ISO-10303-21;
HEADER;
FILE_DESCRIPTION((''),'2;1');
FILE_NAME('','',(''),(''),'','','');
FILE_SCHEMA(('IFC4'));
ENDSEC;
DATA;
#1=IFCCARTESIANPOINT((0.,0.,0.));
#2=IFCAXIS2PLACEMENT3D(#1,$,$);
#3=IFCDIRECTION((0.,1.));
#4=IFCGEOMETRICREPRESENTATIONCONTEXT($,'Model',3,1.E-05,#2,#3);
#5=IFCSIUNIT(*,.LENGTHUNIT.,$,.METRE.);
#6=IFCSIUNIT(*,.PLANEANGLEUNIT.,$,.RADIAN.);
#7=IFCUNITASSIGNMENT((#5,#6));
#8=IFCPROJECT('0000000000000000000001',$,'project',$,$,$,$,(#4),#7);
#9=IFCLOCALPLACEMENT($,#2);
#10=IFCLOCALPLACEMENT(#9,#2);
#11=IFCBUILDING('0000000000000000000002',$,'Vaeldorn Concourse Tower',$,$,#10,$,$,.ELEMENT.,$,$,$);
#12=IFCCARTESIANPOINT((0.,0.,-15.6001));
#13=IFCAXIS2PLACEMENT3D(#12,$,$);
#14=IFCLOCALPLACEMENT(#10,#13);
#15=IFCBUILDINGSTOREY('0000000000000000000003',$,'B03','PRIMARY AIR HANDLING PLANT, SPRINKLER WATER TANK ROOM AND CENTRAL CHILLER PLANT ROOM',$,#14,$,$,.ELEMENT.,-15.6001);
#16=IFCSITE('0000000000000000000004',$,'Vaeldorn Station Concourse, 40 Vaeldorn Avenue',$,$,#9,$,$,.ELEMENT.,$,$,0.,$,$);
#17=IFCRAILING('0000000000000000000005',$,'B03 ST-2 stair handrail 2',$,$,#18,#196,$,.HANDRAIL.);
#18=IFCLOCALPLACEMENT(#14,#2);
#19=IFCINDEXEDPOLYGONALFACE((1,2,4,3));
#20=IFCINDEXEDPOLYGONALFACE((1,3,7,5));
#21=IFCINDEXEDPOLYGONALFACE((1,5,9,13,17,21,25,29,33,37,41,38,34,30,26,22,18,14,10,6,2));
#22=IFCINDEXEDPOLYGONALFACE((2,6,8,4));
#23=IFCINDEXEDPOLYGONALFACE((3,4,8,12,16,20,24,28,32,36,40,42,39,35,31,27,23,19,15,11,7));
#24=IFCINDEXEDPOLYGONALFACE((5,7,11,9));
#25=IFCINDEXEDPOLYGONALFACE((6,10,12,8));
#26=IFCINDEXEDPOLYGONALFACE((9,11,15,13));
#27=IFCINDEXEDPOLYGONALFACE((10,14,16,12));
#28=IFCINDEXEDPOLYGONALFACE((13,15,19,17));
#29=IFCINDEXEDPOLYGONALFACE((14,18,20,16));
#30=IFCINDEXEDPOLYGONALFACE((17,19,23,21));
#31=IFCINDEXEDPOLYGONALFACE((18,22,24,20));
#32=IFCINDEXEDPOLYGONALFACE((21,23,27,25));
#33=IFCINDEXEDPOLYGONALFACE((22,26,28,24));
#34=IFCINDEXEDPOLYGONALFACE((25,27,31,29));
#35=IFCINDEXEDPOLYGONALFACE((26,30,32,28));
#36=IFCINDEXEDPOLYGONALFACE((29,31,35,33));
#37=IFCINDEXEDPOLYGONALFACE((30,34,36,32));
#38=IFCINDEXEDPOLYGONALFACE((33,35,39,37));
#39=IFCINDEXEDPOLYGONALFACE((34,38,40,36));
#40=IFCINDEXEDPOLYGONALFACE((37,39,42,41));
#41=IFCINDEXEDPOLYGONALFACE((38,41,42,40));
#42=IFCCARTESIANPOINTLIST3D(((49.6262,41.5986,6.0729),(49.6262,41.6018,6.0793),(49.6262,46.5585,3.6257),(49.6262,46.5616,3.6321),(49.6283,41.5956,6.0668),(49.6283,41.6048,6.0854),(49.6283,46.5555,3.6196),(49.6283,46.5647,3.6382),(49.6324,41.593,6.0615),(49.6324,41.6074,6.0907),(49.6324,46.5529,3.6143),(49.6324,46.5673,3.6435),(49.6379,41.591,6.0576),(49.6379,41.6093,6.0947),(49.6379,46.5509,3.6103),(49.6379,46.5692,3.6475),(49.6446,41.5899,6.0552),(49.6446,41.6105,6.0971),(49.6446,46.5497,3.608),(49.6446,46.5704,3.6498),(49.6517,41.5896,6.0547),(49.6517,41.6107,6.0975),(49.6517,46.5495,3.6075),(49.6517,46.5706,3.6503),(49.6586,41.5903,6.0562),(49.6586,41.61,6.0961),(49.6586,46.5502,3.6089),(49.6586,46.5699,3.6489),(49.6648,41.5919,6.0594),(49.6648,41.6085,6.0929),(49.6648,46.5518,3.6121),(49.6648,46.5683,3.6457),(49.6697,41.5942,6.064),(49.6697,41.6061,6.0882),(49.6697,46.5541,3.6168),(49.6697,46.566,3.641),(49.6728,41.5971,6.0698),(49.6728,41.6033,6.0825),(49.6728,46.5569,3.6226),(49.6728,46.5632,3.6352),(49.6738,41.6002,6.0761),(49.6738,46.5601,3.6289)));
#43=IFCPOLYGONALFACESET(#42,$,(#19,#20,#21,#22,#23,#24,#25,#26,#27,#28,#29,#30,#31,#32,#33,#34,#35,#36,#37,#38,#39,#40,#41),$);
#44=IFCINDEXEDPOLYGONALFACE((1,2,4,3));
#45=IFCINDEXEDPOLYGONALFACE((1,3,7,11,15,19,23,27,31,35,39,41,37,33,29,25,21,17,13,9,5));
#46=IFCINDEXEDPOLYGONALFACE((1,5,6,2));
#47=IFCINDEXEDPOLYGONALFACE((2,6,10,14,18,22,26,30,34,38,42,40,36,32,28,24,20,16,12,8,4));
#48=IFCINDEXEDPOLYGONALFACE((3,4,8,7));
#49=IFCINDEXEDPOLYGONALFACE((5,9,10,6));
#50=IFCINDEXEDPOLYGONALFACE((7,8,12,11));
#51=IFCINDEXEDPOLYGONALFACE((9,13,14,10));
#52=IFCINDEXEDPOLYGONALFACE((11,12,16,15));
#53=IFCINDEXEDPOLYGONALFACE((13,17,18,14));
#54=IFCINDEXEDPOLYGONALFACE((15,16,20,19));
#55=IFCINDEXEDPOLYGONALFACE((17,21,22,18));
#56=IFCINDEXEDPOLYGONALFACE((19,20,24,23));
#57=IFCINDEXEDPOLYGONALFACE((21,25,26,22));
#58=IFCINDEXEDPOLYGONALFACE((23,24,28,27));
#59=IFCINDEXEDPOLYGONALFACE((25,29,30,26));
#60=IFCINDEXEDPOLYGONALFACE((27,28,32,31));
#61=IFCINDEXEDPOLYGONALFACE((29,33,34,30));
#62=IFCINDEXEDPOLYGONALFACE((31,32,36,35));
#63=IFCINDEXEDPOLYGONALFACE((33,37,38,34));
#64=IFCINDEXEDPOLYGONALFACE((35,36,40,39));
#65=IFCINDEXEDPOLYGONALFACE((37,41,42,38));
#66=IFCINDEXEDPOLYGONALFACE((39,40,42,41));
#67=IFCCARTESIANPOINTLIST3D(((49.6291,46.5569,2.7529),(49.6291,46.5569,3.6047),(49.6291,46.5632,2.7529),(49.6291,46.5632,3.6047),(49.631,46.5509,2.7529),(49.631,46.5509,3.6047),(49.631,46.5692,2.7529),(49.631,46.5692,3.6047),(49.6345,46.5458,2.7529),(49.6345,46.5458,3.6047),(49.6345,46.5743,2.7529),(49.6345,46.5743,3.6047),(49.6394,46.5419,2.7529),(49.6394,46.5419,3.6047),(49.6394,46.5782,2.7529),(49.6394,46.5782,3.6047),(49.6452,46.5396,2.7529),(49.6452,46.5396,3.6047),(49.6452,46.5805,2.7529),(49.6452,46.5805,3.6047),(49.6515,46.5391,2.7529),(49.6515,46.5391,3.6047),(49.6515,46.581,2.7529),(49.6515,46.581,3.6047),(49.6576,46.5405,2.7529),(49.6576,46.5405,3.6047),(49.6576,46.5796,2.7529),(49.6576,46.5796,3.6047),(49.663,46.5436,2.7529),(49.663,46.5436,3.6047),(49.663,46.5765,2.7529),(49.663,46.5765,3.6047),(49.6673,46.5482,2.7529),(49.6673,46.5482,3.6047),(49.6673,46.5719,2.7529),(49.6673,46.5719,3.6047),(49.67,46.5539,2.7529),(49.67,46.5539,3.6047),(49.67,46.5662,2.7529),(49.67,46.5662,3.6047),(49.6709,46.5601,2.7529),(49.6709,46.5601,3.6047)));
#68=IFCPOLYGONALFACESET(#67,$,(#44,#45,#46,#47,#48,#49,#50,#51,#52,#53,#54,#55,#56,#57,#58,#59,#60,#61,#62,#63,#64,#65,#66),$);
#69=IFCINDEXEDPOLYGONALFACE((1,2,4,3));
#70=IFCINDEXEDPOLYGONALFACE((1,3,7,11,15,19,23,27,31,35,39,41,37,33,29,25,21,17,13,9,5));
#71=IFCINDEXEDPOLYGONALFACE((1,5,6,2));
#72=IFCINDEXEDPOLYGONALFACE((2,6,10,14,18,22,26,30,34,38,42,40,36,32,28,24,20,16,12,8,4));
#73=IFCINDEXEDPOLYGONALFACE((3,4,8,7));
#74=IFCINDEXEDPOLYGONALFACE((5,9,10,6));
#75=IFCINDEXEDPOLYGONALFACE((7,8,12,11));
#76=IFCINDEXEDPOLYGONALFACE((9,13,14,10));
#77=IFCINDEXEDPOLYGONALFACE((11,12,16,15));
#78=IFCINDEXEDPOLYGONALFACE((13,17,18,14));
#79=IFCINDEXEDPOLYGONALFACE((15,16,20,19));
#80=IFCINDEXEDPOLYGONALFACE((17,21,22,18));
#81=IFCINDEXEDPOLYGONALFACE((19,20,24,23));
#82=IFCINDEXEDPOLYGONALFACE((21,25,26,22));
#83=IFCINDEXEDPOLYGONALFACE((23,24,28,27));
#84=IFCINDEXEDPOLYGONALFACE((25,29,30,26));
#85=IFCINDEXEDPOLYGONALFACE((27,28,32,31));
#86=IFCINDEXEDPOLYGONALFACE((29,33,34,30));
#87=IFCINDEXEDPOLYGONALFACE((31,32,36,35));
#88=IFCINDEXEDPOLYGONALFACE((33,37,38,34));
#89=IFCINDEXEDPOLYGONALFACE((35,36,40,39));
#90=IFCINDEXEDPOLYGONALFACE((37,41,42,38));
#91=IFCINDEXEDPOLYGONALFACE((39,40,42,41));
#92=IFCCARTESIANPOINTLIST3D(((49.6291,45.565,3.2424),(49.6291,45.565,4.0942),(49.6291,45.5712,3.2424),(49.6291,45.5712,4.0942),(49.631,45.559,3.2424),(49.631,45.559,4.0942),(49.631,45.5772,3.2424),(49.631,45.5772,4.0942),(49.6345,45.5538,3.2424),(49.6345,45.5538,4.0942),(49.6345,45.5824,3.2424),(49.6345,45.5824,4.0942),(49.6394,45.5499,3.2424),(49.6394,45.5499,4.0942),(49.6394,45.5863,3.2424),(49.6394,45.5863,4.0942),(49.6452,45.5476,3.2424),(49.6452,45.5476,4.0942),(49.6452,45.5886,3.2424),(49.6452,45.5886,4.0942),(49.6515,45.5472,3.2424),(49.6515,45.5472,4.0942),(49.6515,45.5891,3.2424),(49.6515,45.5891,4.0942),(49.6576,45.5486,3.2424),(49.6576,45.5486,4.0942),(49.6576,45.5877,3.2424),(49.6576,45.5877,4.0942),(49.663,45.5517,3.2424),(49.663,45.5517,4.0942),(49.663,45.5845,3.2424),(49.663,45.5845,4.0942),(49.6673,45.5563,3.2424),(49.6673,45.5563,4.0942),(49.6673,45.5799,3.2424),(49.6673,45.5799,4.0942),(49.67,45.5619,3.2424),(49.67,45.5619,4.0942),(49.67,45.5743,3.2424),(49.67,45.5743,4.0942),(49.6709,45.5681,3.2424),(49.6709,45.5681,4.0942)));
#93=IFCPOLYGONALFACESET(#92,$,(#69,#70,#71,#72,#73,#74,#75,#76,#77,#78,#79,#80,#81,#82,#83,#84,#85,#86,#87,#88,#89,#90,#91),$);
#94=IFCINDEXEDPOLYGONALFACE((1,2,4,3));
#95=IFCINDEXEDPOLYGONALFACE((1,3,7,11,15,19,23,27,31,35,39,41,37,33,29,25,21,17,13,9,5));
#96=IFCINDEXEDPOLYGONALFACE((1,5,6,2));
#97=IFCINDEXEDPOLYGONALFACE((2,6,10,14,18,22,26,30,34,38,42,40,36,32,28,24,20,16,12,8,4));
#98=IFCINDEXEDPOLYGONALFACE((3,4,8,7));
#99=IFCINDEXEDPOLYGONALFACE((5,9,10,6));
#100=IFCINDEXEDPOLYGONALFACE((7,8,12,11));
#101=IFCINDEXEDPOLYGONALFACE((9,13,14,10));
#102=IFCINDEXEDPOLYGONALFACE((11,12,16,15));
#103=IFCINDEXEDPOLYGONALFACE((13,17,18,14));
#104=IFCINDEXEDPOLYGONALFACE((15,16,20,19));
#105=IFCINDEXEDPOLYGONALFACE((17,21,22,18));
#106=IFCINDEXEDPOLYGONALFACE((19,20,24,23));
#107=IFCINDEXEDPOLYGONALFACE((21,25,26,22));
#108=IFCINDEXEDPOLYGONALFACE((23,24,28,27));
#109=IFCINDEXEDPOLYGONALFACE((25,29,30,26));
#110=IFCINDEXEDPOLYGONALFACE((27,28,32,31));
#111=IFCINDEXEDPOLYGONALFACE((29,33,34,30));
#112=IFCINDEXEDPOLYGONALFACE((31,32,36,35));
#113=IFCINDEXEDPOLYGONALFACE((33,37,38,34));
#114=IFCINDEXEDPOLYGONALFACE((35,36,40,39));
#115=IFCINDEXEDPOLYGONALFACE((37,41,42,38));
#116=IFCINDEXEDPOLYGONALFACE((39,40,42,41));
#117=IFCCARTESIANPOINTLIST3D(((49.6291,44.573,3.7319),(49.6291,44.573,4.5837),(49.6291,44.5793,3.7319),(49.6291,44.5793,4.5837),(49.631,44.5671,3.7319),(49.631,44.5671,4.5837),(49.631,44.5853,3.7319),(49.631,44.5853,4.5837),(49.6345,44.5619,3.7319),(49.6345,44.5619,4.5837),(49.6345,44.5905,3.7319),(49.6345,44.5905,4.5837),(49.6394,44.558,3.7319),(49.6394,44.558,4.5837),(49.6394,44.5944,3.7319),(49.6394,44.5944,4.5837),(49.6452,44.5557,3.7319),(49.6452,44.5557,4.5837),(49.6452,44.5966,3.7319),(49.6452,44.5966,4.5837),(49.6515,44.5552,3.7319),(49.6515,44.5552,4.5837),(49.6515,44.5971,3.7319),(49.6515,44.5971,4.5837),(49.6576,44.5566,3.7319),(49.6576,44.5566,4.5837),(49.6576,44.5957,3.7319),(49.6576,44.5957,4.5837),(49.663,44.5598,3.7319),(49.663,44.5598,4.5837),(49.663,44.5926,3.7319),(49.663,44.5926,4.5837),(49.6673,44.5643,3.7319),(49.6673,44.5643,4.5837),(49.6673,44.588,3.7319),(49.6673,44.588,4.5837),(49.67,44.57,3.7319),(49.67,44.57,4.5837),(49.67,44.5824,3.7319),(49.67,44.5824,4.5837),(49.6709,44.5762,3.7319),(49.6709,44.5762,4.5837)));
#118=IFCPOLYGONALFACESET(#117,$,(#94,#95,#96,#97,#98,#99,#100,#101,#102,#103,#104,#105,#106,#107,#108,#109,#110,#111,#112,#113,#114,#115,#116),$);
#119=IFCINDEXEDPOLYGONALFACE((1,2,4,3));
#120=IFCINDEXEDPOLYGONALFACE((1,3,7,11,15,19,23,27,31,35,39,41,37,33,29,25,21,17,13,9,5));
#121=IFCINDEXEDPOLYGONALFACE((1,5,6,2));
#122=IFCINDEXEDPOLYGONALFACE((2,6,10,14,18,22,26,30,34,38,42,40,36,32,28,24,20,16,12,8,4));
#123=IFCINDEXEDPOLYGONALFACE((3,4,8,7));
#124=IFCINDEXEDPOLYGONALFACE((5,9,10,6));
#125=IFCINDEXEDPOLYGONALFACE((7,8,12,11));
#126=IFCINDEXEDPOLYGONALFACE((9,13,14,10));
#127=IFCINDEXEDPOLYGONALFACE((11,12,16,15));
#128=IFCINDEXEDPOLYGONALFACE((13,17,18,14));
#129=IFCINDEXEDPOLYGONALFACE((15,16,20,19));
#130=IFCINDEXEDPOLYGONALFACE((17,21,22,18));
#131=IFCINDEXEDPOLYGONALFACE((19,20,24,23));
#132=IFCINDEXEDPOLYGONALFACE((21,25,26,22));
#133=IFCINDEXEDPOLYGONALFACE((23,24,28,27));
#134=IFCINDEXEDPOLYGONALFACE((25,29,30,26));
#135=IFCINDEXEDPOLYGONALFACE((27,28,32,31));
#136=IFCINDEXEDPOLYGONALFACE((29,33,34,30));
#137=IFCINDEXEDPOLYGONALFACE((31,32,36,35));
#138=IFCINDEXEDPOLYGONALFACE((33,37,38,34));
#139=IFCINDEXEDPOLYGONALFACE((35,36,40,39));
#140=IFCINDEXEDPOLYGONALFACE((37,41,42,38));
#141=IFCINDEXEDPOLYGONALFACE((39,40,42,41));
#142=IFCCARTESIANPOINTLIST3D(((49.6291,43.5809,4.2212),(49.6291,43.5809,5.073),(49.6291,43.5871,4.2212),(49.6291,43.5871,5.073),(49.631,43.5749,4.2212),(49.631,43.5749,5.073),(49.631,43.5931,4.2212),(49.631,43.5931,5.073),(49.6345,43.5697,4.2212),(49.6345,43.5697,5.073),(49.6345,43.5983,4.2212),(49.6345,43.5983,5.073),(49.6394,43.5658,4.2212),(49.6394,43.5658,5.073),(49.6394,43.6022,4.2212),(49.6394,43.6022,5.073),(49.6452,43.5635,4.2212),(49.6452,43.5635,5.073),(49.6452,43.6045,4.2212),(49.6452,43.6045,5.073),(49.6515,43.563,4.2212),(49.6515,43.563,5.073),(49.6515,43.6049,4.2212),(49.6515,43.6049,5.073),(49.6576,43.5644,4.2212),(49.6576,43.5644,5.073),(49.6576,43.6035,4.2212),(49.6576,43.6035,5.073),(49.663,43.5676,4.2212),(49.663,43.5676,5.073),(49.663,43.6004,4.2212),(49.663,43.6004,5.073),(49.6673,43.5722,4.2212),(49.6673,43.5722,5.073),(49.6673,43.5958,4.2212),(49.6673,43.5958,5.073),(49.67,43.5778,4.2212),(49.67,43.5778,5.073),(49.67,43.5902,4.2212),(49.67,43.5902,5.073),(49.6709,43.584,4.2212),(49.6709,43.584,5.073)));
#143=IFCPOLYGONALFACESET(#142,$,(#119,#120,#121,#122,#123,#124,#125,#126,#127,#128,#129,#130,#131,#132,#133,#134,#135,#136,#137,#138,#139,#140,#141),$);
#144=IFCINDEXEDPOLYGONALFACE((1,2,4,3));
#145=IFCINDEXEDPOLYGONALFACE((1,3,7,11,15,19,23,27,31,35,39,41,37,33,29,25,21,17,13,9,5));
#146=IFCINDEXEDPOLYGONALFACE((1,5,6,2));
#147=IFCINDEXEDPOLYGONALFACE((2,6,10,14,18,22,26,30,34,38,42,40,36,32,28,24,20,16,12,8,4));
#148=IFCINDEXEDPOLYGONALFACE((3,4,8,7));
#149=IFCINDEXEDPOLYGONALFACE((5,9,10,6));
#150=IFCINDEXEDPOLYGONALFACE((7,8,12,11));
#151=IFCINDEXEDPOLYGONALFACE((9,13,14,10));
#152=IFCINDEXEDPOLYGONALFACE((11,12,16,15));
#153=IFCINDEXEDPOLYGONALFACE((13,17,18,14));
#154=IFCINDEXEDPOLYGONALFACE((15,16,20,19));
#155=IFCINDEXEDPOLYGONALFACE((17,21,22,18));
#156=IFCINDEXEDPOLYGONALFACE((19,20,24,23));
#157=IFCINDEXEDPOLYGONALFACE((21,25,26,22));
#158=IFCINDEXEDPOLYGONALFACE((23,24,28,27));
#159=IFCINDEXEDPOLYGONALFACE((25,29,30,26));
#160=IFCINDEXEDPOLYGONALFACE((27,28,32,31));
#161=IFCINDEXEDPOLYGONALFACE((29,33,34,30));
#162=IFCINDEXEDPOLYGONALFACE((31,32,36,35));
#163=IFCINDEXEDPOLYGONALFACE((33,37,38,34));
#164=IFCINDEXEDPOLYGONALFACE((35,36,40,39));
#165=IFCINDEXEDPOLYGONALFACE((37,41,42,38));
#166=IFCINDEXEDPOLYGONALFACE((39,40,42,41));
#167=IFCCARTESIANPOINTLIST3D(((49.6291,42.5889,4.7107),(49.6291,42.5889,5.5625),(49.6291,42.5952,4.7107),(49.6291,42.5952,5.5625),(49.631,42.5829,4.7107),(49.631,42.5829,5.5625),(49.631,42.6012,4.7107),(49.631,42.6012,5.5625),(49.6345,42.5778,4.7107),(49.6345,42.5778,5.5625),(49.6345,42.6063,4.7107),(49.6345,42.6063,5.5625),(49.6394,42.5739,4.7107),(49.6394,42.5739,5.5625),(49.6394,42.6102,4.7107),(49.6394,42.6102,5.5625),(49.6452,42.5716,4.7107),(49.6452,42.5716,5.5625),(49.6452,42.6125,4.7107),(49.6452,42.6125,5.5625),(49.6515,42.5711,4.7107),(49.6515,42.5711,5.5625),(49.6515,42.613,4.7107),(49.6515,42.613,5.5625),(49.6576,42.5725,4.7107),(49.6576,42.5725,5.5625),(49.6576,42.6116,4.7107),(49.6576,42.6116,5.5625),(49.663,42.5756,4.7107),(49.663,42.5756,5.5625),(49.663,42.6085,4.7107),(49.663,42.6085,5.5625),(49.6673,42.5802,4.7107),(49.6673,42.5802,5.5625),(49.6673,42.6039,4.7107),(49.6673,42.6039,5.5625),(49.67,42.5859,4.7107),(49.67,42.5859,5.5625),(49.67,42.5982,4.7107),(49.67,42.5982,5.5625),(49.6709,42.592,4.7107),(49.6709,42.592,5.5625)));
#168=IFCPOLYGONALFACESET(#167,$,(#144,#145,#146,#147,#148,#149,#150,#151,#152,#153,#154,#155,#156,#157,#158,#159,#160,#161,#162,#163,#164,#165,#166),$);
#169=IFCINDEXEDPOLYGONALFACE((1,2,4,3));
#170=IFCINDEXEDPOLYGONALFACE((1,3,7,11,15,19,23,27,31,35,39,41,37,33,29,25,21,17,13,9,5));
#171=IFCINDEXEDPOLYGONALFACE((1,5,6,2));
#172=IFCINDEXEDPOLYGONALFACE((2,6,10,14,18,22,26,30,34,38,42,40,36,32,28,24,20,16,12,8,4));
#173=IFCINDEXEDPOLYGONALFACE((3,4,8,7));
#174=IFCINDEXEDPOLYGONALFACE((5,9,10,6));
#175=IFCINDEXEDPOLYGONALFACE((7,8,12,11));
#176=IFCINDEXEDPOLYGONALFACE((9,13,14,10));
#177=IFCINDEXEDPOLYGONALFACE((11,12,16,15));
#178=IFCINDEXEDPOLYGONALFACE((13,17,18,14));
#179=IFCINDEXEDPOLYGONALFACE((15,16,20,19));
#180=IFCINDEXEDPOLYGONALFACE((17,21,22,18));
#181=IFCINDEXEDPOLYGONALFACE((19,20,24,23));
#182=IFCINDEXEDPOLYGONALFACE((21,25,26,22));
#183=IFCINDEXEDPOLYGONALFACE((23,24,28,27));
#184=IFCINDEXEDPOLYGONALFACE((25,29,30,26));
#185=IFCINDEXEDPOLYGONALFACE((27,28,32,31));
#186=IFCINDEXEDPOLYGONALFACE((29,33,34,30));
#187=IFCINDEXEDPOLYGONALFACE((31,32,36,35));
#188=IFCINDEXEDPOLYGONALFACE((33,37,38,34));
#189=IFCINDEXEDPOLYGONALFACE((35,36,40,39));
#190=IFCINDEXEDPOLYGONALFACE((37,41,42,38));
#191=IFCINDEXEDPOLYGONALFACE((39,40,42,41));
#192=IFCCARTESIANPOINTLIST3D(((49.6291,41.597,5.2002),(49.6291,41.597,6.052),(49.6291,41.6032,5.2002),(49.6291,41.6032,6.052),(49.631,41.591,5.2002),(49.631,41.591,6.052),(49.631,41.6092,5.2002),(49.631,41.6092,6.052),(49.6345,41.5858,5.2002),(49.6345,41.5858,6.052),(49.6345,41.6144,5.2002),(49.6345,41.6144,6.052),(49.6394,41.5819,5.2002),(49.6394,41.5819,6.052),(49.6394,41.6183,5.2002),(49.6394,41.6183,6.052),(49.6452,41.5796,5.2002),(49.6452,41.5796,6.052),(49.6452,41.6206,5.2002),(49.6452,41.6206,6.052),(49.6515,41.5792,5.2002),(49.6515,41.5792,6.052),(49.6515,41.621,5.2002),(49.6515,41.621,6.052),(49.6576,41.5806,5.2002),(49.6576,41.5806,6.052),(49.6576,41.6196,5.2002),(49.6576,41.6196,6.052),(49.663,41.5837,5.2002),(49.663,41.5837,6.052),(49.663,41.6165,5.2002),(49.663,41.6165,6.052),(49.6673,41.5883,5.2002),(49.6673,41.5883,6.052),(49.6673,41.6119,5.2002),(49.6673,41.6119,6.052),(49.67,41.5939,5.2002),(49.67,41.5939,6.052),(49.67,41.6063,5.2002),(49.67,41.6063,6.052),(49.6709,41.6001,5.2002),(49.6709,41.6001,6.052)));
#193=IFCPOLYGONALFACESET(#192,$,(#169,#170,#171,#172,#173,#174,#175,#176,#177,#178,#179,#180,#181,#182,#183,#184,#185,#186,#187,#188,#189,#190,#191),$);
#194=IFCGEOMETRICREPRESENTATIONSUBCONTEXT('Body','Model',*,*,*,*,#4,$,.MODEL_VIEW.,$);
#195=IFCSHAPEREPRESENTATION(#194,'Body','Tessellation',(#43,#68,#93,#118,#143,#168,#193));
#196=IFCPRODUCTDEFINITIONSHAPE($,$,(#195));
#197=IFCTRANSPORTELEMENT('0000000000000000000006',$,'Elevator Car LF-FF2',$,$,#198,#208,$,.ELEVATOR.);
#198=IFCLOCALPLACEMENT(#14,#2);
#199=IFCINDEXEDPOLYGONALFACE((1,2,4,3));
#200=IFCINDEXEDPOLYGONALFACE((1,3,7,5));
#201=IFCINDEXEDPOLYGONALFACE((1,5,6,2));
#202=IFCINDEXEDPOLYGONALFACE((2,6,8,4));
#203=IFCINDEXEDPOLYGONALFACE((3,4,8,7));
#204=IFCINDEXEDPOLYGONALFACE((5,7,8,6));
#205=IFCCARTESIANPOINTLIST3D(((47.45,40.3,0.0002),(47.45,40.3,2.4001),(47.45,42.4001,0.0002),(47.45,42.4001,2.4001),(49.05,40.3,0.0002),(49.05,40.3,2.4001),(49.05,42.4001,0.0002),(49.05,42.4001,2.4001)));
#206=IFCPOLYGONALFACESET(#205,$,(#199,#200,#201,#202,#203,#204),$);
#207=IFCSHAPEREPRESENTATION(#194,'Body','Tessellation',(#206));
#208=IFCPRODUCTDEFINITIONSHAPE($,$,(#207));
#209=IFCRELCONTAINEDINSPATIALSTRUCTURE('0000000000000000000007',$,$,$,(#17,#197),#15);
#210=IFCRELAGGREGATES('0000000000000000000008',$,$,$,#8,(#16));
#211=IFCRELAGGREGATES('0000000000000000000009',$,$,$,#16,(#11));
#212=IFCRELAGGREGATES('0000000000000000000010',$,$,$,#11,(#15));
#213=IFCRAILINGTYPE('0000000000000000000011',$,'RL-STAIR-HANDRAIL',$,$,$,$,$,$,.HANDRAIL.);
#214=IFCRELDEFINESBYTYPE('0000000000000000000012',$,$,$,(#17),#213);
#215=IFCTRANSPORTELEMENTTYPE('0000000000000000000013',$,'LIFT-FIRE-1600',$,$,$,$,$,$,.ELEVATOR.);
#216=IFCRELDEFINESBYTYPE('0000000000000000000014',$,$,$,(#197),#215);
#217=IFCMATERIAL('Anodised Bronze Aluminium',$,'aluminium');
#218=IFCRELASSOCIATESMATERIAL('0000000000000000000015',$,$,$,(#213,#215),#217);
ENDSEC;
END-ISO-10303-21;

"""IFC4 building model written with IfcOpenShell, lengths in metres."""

from ifc_helpers import new_model, si_unit, direction, frame, origin, origin_2d, place, context, subcontext, project, spatial, rectangle, circle, extrude, source, transform, mapped, material, type_object, element, save


model = new_model("IFC4")

# Units and contexts
model_context = context("Model", 3, precision=1e-05, world=origin(), true_north=direction((0.0, 1.0)))
body_context = subcontext(model_context, "Body", "Model", "MODEL_VIEW")
ifc_project = project(units=[si_unit("LENGTHUNIT", "METRE"), si_unit("PLANEANGLEUNIT", "RADIAN")], contexts=[model_context])

# Site, building, storey
site_placement = place(None, origin())
site = spatial("IfcSite", under=ifc_project, at=site_placement, Name="Vaeldorn Station Concourse, 40 Vaeldorn Avenue", CompositionType="ELEMENT", RefElevation=0.0)
building_placement = place(site_placement, origin())
building = spatial("IfcBuilding", under=site, at=building_placement, Name="Vaeldorn Concourse Tower", CompositionType="ELEMENT")
storey_placement = place(building_placement, frame((0.0, 0.0, -15.6001)))
storey = spatial("IfcBuildingStorey", under=building, at=storey_placement, Name="B03", Description="PRIMARY AIR HANDLING PLANT, SPRINKLER WATER TANK ROOM AND CENTRAL CHILLER PLANT ROOM", CompositionType="ELEMENT", Elevation=-15.6001)

# Shared definitions
ifc_material_1 = material(Name="Anodised Bronze Aluminium", Category="aluminium")

# Railing
railing_type_1 = type_object("IfcRailingType", Name="RL-STAIR-HANDRAIL", PredefinedType="HANDRAIL", material=ifc_material_1)
railing_1_placement = place(storey_placement, frame((49.6499, 46.5601, 2.7529)))
element("IfcRailing", 1, at=railing_1_placement, inside=storey, type_object=railing_type_1, Name="B03 ST-2 stair handrail 2", PredefinedType="HANDRAIL", context=body_context, shape_type="SweptSolid", body=[
    extrude(circle(Radius=0.0239, at=origin_2d()), frame((0.0, 0.0, 0.876), z_axis=(0.0, -0.896781, 0.442475), x_axis=(1.0, 0.0, 0.0)), (0.0, 0.0, 1.0), 5.5308),
    extrude(circle(Radius=0.021, at=origin_2d()), origin(), (0.0, 0.0, 1.0), 0.8518),
    extrude(circle(Radius=0.021, at=origin_2d()), frame((0.0, -0.9919, 0.4895)), (0.0, 0.0, 1.0), 0.8518),
    extrude(circle(Radius=0.021, at=origin_2d()), frame((0.0, -1.9839, 0.979)), (0.0, 0.0, 1.0), 0.8518),
    extrude(circle(Radius=0.021, at=origin_2d()), frame((0.0, -2.9761, 1.4683)), (0.0, 0.0, 1.0), 0.8518),
    extrude(circle(Radius=0.021, at=origin_2d()), frame((0.0, -3.968, 1.9578)), (0.0, 0.0, 1.0), 0.8518),
    extrude(circle(Radius=0.021, at=origin_2d()), frame((0.0, -4.96, 2.4473)), (0.0, 0.0, 1.0), 0.8518),
])

# Transport element
transport_element_type = type_object("IfcTransportElementType", Name="LIFT-FIRE-1600", PredefinedType="ELEVATOR", material=ifc_material_1)
shared_shape_1 = source(origin(), body_context, "Body", "SweptSolid", [
    extrude(rectangle(XDim=1.6001, YDim=2.1001, at=origin_2d()), origin(), (0.0, 0.0, 1.0), 2.3999),
])
transport_element_placement = place(storey_placement, frame((48.25, 41.3501, 0.0002), z_axis=(0.0, 0.0, 1.0), x_axis=(1.0, 0.0, 0.0)))
element("IfcTransportElement", 2, at=transport_element_placement, inside=storey, type_object=transport_element_type, Name="Elevator Car LF-FF2", PredefinedType="ELEVATOR", context=body_context, shape_type="MappedRepresentation", body=[
    mapped(shared_shape_1, transform((0.0, 0.0, 0.0), scale=1.0)),
])

save(model, "model.ifc")
